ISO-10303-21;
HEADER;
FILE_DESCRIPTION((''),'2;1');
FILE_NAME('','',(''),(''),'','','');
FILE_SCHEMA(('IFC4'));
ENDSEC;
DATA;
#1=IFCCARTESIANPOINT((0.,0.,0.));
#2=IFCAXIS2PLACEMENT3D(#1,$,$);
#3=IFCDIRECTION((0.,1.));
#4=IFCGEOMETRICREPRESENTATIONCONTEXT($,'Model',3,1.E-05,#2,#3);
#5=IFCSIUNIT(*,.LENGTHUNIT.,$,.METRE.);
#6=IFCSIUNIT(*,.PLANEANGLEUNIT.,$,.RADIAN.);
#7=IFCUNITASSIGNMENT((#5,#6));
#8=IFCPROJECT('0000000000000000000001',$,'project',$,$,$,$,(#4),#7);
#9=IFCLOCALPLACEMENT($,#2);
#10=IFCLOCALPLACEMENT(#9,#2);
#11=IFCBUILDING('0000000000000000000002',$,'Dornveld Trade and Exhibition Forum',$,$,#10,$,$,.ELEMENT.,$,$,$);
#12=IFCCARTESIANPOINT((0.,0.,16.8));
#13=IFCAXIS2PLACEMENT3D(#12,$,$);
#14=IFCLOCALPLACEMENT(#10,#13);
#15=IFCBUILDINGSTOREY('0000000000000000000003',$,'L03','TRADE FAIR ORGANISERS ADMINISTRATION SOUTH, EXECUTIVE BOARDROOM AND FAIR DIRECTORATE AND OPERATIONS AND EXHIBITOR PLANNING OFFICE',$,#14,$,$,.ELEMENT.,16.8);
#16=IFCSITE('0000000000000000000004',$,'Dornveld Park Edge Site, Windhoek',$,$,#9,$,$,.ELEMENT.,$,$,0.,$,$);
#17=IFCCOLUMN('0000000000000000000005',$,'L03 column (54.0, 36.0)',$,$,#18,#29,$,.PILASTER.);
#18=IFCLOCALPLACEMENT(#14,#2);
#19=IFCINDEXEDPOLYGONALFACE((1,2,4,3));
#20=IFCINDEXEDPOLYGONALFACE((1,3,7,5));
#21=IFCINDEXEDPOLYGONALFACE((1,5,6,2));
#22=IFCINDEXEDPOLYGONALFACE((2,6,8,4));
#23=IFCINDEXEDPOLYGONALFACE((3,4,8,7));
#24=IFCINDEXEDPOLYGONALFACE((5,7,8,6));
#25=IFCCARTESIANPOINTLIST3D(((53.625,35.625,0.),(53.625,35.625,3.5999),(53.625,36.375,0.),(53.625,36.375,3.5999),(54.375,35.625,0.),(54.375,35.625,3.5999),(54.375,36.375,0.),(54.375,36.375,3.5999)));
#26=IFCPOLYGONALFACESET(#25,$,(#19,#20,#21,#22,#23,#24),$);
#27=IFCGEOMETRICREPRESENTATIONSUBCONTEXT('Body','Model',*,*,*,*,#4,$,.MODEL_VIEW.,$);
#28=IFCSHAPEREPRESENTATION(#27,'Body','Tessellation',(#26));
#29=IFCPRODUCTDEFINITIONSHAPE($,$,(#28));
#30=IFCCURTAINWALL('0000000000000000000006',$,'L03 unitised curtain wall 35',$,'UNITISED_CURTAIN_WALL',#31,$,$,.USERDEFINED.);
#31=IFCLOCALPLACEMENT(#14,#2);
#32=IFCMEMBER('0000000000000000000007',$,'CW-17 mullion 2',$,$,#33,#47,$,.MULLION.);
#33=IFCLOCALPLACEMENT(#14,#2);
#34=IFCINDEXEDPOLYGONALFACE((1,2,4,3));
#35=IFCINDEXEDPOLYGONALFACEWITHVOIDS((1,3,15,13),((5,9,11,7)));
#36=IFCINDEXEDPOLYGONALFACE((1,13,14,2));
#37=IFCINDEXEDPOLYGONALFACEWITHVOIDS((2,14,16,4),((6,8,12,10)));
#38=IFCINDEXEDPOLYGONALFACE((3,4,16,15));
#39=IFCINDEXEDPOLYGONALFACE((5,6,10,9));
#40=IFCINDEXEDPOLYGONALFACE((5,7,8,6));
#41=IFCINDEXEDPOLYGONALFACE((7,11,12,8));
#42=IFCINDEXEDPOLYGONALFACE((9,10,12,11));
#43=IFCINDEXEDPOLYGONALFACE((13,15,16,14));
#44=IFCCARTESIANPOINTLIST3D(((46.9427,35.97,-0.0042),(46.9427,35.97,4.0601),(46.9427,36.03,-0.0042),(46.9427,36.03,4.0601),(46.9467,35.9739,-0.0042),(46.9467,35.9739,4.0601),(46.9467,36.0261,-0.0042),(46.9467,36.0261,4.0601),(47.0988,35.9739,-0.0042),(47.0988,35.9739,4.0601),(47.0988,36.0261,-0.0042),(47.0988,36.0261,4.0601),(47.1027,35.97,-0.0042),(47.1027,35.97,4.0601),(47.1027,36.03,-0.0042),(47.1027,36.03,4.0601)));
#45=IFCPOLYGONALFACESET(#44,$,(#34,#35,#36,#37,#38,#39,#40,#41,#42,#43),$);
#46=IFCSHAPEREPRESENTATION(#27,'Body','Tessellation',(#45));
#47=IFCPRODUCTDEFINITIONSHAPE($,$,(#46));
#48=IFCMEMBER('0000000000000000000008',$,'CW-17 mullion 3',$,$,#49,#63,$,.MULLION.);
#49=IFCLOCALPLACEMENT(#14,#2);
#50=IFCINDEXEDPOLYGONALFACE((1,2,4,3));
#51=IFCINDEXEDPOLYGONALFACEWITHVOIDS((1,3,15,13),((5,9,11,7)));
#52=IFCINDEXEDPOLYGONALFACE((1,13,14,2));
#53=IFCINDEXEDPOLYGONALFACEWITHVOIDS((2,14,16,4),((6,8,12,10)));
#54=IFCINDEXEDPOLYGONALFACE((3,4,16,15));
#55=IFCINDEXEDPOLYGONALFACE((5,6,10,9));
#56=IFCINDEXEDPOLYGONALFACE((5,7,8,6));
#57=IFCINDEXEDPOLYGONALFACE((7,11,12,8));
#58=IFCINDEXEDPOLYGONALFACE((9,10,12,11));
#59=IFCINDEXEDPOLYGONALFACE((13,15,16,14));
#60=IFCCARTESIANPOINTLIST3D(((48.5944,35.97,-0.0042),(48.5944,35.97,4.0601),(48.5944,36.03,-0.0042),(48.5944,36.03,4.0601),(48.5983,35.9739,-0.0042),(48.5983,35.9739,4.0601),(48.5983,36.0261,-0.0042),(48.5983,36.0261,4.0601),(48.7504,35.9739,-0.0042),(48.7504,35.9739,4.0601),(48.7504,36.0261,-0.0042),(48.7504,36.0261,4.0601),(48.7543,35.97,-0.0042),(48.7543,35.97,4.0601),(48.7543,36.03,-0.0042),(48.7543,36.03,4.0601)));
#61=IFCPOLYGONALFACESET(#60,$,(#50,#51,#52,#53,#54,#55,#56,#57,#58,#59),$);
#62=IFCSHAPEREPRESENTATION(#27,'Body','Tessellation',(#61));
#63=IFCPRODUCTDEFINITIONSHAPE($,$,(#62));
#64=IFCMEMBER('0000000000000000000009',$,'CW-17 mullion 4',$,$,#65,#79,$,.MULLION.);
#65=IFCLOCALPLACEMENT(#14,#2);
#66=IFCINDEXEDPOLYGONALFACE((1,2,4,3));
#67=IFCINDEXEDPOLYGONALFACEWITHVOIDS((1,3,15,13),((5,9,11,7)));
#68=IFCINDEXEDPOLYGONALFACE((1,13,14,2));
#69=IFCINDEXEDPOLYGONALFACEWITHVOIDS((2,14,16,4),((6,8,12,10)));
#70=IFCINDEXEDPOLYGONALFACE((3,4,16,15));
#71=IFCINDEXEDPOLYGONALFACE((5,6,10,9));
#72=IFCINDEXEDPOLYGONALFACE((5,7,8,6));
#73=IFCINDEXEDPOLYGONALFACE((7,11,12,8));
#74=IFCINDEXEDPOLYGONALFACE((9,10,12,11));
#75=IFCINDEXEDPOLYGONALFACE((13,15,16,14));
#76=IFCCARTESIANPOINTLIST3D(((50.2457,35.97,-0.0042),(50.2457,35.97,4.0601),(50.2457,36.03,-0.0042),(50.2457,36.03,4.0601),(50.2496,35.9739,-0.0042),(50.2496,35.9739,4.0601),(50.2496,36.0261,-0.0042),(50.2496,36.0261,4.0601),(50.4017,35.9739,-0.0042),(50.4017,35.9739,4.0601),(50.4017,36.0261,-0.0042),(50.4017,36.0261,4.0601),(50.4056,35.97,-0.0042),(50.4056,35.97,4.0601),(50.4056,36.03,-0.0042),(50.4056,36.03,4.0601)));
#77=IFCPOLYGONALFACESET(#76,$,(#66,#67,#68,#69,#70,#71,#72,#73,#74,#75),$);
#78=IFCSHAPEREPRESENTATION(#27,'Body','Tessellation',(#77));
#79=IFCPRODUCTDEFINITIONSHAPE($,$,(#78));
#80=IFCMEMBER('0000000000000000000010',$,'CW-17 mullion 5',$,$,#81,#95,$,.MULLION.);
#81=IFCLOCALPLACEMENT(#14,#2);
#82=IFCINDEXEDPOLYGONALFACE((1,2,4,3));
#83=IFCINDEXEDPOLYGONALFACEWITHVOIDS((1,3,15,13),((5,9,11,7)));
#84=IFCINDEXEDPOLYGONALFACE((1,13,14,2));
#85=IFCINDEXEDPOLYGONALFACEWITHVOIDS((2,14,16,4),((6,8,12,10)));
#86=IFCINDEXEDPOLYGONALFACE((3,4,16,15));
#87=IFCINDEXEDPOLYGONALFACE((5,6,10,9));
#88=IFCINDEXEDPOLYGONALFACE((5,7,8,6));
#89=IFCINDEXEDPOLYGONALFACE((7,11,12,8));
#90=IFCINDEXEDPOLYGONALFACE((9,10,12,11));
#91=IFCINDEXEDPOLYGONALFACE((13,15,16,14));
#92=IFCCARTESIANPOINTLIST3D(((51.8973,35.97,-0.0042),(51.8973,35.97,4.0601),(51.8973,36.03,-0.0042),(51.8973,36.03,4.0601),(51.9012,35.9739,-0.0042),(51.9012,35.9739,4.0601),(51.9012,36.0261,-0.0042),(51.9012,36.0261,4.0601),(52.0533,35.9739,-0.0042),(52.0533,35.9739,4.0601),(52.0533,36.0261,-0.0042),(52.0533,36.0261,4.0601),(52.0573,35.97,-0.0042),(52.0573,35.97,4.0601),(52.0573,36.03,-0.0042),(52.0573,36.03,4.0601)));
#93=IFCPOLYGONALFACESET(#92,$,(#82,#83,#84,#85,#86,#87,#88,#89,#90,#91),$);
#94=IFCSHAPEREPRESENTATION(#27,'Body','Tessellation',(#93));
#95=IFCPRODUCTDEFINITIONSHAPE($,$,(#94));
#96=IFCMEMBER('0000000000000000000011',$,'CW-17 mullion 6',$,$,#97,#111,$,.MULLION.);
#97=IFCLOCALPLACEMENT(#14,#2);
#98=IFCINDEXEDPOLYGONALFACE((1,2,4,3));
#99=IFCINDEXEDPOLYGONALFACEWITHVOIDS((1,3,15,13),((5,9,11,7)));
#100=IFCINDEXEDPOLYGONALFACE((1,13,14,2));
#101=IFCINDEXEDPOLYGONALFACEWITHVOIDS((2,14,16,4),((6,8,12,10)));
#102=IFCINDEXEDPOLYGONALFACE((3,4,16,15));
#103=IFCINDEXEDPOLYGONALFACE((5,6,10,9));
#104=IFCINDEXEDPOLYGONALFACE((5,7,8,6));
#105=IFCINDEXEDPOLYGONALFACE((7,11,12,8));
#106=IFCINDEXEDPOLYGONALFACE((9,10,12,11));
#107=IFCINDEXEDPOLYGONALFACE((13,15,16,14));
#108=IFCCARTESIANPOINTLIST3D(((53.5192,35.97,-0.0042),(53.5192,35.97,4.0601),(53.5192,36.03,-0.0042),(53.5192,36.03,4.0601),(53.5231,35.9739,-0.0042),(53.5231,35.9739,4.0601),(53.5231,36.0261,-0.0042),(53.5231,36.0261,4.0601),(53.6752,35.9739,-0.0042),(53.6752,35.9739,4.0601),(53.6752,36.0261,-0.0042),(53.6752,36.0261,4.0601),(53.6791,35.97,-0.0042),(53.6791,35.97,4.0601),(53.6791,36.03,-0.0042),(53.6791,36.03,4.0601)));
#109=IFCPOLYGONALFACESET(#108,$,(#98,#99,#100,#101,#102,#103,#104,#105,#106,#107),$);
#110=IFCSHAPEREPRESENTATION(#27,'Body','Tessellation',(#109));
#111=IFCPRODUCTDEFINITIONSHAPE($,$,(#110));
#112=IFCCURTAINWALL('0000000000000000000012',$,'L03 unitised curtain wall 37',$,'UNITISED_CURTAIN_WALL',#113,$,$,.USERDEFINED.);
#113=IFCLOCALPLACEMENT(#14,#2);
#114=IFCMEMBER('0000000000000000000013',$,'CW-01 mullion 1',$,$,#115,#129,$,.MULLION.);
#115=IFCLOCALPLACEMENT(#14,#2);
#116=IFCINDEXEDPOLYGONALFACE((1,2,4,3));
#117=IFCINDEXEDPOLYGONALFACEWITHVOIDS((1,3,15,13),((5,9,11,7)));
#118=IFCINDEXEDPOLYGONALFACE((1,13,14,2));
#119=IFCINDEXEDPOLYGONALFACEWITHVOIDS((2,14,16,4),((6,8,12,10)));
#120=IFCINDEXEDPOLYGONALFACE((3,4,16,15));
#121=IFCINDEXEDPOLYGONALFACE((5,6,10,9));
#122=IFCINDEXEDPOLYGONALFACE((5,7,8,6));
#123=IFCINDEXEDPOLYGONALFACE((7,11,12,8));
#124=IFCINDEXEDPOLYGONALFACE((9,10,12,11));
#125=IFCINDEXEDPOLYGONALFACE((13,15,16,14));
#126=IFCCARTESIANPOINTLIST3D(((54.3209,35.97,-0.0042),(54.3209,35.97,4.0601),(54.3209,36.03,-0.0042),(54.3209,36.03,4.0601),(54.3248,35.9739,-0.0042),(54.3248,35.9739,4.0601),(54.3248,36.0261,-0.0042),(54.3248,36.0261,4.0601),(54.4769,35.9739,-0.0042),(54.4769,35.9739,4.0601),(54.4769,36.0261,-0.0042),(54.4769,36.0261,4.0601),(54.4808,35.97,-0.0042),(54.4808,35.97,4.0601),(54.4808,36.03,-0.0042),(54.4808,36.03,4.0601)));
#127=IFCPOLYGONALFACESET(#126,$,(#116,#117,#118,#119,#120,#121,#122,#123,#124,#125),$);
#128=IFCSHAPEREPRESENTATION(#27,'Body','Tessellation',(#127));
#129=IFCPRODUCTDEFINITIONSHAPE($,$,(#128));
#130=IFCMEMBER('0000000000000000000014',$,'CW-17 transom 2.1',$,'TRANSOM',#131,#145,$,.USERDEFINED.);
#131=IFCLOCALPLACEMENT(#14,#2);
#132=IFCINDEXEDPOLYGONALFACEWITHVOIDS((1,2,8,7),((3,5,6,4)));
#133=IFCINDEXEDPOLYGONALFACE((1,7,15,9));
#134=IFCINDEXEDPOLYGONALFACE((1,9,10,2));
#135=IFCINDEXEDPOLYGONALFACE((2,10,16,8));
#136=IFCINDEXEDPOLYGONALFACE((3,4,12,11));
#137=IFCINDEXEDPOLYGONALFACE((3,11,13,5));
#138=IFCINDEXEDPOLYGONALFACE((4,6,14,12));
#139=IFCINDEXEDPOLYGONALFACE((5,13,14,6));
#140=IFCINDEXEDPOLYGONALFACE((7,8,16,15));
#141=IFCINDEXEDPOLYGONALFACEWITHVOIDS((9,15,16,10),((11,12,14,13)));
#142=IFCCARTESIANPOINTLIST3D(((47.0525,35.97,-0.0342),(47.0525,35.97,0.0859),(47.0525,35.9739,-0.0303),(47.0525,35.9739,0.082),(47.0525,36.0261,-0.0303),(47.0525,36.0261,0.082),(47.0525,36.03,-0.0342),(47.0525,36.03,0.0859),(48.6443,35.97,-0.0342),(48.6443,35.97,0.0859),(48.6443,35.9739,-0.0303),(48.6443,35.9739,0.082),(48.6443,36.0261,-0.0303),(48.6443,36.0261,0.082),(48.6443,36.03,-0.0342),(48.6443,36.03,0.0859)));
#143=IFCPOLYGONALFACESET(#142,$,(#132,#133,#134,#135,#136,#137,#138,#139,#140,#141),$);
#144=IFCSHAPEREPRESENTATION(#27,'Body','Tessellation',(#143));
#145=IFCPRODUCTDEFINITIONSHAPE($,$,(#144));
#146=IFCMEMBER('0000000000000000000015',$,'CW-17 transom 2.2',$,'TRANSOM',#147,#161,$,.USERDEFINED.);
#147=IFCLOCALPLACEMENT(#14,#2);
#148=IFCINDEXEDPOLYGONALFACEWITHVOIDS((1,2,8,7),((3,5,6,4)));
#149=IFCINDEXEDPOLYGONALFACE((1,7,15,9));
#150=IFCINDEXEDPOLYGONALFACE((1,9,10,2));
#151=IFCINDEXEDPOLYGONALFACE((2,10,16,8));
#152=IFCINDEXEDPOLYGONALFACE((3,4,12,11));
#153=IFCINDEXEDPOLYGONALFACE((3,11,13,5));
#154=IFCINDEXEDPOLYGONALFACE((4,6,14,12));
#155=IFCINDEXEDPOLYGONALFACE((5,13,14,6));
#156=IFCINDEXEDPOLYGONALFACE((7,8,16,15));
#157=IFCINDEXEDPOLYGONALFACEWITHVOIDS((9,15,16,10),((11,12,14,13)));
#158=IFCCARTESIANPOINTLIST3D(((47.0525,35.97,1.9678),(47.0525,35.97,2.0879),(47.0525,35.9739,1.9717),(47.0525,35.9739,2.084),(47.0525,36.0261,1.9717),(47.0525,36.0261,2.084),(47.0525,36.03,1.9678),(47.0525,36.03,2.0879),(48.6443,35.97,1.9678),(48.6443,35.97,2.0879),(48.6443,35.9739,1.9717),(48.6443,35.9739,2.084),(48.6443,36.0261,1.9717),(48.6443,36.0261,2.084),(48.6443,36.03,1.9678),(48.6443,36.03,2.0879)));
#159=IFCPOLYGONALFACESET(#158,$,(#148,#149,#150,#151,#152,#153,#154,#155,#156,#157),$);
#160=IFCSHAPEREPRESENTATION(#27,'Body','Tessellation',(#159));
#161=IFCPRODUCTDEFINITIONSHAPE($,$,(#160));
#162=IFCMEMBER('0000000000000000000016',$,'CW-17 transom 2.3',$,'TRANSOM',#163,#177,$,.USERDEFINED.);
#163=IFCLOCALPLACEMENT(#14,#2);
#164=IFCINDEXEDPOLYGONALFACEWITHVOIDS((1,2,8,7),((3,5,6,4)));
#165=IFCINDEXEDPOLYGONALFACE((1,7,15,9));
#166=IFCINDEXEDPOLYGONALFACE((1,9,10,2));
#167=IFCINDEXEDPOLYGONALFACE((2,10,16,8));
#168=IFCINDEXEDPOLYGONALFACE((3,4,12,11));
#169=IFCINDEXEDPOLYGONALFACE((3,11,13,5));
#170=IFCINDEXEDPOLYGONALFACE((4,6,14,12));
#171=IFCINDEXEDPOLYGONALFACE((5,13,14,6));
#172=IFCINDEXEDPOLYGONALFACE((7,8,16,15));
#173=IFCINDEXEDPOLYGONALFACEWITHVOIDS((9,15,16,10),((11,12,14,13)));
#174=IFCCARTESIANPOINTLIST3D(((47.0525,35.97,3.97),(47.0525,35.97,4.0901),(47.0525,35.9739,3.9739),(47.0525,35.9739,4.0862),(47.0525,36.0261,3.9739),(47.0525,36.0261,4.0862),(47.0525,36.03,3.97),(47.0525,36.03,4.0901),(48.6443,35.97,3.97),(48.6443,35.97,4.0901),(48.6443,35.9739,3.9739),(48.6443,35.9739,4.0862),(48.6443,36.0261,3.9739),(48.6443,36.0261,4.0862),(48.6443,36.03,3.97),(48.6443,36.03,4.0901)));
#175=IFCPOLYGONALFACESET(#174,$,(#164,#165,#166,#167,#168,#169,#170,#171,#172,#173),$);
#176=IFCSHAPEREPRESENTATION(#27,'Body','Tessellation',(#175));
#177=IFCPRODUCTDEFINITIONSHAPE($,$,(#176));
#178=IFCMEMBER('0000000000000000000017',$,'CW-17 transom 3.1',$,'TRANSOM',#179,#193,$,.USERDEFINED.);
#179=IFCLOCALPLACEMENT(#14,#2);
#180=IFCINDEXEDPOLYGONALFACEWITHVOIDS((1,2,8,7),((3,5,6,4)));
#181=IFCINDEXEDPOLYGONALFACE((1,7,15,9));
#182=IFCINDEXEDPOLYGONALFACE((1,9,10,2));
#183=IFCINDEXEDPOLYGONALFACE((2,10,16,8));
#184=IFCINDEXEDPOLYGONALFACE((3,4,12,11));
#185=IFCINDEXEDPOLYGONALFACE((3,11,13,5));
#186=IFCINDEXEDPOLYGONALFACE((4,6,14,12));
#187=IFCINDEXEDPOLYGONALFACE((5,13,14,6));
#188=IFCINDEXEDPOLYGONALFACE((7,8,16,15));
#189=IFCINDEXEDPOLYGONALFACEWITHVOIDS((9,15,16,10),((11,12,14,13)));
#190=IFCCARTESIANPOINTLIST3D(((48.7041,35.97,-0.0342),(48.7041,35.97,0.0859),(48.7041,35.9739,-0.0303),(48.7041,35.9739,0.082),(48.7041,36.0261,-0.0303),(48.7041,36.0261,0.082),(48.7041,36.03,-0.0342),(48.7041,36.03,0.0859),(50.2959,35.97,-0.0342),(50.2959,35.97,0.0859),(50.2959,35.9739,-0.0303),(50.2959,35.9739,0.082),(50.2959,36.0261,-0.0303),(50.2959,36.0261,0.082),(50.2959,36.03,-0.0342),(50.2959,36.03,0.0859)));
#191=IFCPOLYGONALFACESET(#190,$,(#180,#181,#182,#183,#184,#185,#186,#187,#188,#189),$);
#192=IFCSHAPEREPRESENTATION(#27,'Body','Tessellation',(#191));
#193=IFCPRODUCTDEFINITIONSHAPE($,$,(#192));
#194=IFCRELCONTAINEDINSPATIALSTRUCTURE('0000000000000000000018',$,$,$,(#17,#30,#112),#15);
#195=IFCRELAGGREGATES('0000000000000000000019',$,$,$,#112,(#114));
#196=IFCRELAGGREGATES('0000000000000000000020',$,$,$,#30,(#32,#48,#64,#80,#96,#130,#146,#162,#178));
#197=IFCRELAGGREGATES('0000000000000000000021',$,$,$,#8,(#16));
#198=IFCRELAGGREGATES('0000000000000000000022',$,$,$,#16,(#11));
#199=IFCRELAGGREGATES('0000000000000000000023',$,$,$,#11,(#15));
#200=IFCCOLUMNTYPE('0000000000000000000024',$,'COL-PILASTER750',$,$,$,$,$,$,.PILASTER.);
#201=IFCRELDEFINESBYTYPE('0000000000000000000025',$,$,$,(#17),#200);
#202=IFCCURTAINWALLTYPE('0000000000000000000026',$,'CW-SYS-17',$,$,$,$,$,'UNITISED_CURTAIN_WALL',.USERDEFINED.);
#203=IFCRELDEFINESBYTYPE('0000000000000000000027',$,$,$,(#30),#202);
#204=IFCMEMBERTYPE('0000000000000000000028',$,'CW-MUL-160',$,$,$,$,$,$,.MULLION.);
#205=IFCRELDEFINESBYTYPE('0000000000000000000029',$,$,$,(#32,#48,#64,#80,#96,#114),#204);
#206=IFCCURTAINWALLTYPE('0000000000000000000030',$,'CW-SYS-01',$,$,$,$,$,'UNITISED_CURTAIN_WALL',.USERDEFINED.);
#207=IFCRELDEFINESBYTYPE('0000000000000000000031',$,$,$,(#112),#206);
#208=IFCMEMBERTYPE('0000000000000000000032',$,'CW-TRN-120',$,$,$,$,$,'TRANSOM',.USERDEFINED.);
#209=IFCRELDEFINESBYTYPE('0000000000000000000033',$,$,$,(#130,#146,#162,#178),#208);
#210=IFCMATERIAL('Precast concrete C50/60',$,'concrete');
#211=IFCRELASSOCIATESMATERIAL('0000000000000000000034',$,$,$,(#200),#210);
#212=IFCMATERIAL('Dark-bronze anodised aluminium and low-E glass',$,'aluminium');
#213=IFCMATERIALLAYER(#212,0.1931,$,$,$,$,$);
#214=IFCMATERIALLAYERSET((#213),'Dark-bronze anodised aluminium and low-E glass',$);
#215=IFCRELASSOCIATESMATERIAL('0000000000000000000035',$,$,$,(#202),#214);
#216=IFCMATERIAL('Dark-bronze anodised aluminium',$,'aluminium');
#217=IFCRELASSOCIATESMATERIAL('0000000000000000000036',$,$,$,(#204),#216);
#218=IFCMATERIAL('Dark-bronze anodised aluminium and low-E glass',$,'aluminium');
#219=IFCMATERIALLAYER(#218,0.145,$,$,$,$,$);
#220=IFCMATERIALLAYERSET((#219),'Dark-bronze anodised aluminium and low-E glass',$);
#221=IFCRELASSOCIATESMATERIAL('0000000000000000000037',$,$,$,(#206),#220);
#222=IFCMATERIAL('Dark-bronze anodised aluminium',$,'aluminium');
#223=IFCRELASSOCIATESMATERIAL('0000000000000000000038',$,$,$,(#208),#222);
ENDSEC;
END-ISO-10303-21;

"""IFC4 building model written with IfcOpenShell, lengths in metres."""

from ifc_helpers import new_model, si_unit, direction, frame, origin, origin_2d, place, context, subcontext, project, spatial, rectangle, hollow_rectangle, extrude, material, layer, layer_set, material_profile, profile_set, type_object, element, aggregate, save


model = new_model("IFC4")

# Units and contexts
model_context = context("Model", 3, precision=1e-05, world=origin(), true_north=direction((0.0, 1.0)))
body_context = subcontext(model_context, "Body", "Model", "MODEL_VIEW")
ifc_project = project(units=[si_unit("LENGTHUNIT", "METRE"), si_unit("PLANEANGLEUNIT", "RADIAN")], contexts=[model_context])

# Site, building, storey
site_placement = place(None, origin())
site = spatial("IfcSite", under=ifc_project, at=site_placement, Name="Dornveld Park Edge Site, Windhoek", CompositionType="ELEMENT", RefElevation=0.0)
building_placement = place(site_placement, origin())
building = spatial("IfcBuilding", under=site, at=building_placement, Name="Dornveld Trade and Exhibition Forum", CompositionType="ELEMENT")
storey_placement = place(building_placement, frame((0.0, 0.0, 16.8)))
storey = spatial("IfcBuildingStorey", under=building, at=storey_placement, Name="L03", Description="TRADE FAIR ORGANISERS ADMINISTRATION SOUTH, EXECUTIVE BOARDROOM AND FAIR DIRECTORATE AND OPERATIONS AND EXHIBITOR PLANNING OFFICE", CompositionType="ELEMENT", Elevation=16.8)

# Column
ifc_material_1 = material(Name="Precast concrete C50/60", Category="concrete")
ifc_material_profile_1 = material_profile(ifc_material_1, rectangle(XDim=0.75, YDim=0.75, at=origin_2d()), Name="PC-COL 750x750")
ifc_profile_set_1 = profile_set([ifc_material_profile_1], Name="Precast concrete C50/60")
column_type = type_object("IfcColumnType", Name="COL-PILASTER750", PredefinedType="PILASTER", material=ifc_profile_set_1)
column_placement = place(storey_placement, frame((54.0, 36.0, 0.0), z_axis=(0.0, 0.0, 1.0), x_axis=(1.0, 0.0, 0.0)))
element("IfcColumn", 1, at=column_placement, inside=storey, type_object=column_type, Name="L03 column (54.0, 36.0)", PredefinedType="PILASTER", context=body_context, shape_type="SweptSolid", body=[
    extrude(rectangle(XDim=0.75, YDim=0.75, at=origin_2d()), origin(), (0.0, 0.0, 1.0), 3.5999),
])

# Curtain wall, members
ifc_material_2 = material(Name="Dark-bronze anodised aluminium and low-E glass", Category="aluminium")
ifc_layer_1 = layer(ifc_material_2, 0.1931)
ifc_layer_set_1 = layer_set([ifc_layer_1], Name="Dark-bronze anodised aluminium and low-E glass")
curtain_wall_type_1 = type_object("IfcCurtainWallType", Name="CW-SYS-17", ElementType="UNITISED_CURTAIN_WALL", PredefinedType="USERDEFINED", material=ifc_layer_set_1)
curtain_wall_1_placement = place(storey_placement, origin())
curtain_wall_1 = element("IfcCurtainWall", 2, at=curtain_wall_1_placement, inside=storey, type_object=curtain_wall_type_1, Name="L03 unitised curtain wall 35", ObjectType="UNITISED_CURTAIN_WALL", PredefinedType="USERDEFINED")
ifc_material_3 = material(Name="Dark-bronze anodised aluminium", Category="aluminium")
ifc_material_profile_2 = material_profile(ifc_material_3, hollow_rectangle(XDim=0.0601, YDim=0.1599, WallThickness=0.0039, at=origin_2d()), Name="RHS 160x60x4")
ifc_profile_set_2 = profile_set([ifc_material_profile_2], Name="Dark-bronze anodised aluminium")
member_type_1 = type_object("IfcMemberType", Name="CW-MUL-160", PredefinedType="MULLION", material=ifc_profile_set_2)
member_1_placement = place(storey_placement, frame((47.0227, 36.0, -0.0042), z_axis=(0.0, 0.0, 1.0), x_axis=(0.0, 1.0, 0.0)))
member_1 = element("IfcMember", 3, at=member_1_placement, type_object=member_type_1, Name="CW-17 mullion 2", PredefinedType="MULLION", context=body_context, shape_type="SweptSolid", body=[
    extrude(hollow_rectangle(XDim=0.0601, YDim=0.1599, WallThickness=0.0039, at=origin_2d()), origin(), (0.0, 0.0, 1.0), 4.0642),
])
member_2_placement = place(storey_placement, frame((48.6743, 36.0, -0.0042), z_axis=(0.0, 0.0, 1.0), x_axis=(0.0, 1.0, 0.0)))
member_2 = element("IfcMember", 4, at=member_2_placement, type_object=member_type_1, Name="CW-17 mullion 3", PredefinedType="MULLION", context=body_context, shape_type="SweptSolid", body=[
    extrude(hollow_rectangle(XDim=0.0601, YDim=0.1599, WallThickness=0.0039, at=origin_2d()), origin(), (0.0, 0.0, 1.0), 4.0642),
])
member_3_placement = place(storey_placement, frame((50.3257, 36.0, -0.0042), z_axis=(0.0, 0.0, 1.0), x_axis=(0.0, 1.0, 0.0)))
member_3 = element("IfcMember", 5, at=member_3_placement, type_object=member_type_1, Name="CW-17 mullion 4", PredefinedType="MULLION", context=body_context, shape_type="SweptSolid", body=[
    extrude(hollow_rectangle(XDim=0.0601, YDim=0.1599, WallThickness=0.0039, at=origin_2d()), origin(), (0.0, 0.0, 1.0), 4.0642),
])
member_4_placement = place(storey_placement, frame((51.9773, 36.0, -0.0042), z_axis=(0.0, 0.0, 1.0), x_axis=(0.0, 1.0, 0.0)))
member_4 = element("IfcMember", 6, at=member_4_placement, type_object=member_type_1, Name="CW-17 mullion 5", PredefinedType="MULLION", context=body_context, shape_type="SweptSolid", body=[
    extrude(hollow_rectangle(XDim=0.0601, YDim=0.1599, WallThickness=0.0039, at=origin_2d()), origin(), (0.0, 0.0, 1.0), 4.0642),
])
member_5_placement = place(storey_placement, frame((53.5991, 36.0, -0.0042), z_axis=(0.0, 0.0, 1.0), x_axis=(0.0, 1.0, 0.0)))
member_5 = element("IfcMember", 7, at=member_5_placement, type_object=member_type_1, Name="CW-17 mullion 6", PredefinedType="MULLION", context=body_context, shape_type="SweptSolid", body=[
    extrude(hollow_rectangle(XDim=0.0601, YDim=0.1599, WallThickness=0.0039, at=origin_2d()), origin(), (0.0, 0.0, 1.0), 4.0642),
])

# Curtain wall, member
ifc_material_4 = material(Name="Dark-bronze anodised aluminium and low-E glass", Category="aluminium")
ifc_layer_2 = layer(ifc_material_4, 0.145)
ifc_layer_set_2 = layer_set([ifc_layer_2], Name="Dark-bronze anodised aluminium and low-E glass")
curtain_wall_type_2 = type_object("IfcCurtainWallType", Name="CW-SYS-01", ElementType="UNITISED_CURTAIN_WALL", PredefinedType="USERDEFINED", material=ifc_layer_set_2)
curtain_wall_2_placement = place(storey_placement, origin())
curtain_wall_2 = element("IfcCurtainWall", 8, at=curtain_wall_2_placement, inside=storey, type_object=curtain_wall_type_2, Name="L03 unitised curtain wall 37", ObjectType="UNITISED_CURTAIN_WALL", PredefinedType="USERDEFINED")
member_6_placement = place(storey_placement, frame((54.4009, 36.0, -0.0042), z_axis=(0.0, 0.0, 1.0), x_axis=(0.0, 1.0, 0.0)))
member_6 = element("IfcMember", 9, at=member_6_placement, type_object=member_type_1, Name="CW-01 mullion 1", PredefinedType="MULLION", context=body_context, shape_type="SweptSolid", body=[
    extrude(hollow_rectangle(XDim=0.0601, YDim=0.1599, WallThickness=0.0039, at=origin_2d()), origin(), (0.0, 0.0, 1.0), 4.0642),
])

# Members
ifc_material_5 = material(Name="Dark-bronze anodised aluminium", Category="aluminium")
ifc_material_profile_3 = material_profile(ifc_material_5, hollow_rectangle(XDim=0.0601, YDim=0.1201, WallThickness=0.0039, at=origin_2d()), Name="RHS 120x60x4")
ifc_profile_set_3 = profile_set([ifc_material_profile_3], Name="Dark-bronze anodised aluminium")
member_type_2 = type_object("IfcMemberType", Name="CW-TRN-120", ElementType="TRANSOM", PredefinedType="USERDEFINED", material=ifc_profile_set_3)
member_7_placement = place(storey_placement, frame((47.0525, 36.0, 0.0259), z_axis=(1.0, 0.0, 0.0), x_axis=(0.0, 1.0, 0.0)))
member_7 = element("IfcMember", 10, at=member_7_placement, type_object=member_type_2, Name="CW-17 transom 2.1", ObjectType="TRANSOM", PredefinedType="USERDEFINED", context=body_context, shape_type="SweptSolid", body=[
    extrude(hollow_rectangle(XDim=0.0601, YDim=0.1201, WallThickness=0.0039, at=origin_2d()), origin(), (0.0, 0.0, 1.0), 1.5918),
])
member_8_placement = place(storey_placement, frame((47.0525, 36.0, 2.0278), z_axis=(1.0, 0.0, 0.0), x_axis=(0.0, 1.0, 0.0)))
member_8 = element("IfcMember", 11, at=member_8_placement, type_object=member_type_2, Name="CW-17 transom 2.2", ObjectType="TRANSOM", PredefinedType="USERDEFINED", context=body_context, shape_type="SweptSolid", body=[
    extrude(hollow_rectangle(XDim=0.0601, YDim=0.1201, WallThickness=0.0039, at=origin_2d()), origin(), (0.0, 0.0, 1.0), 1.5918),
])
member_9_placement = place(storey_placement, frame((47.0525, 36.0, 4.03), z_axis=(1.0, 0.0, 0.0), x_axis=(0.0, 1.0, 0.0)))
member_9 = element("IfcMember", 12, at=member_9_placement, type_object=member_type_2, Name="CW-17 transom 2.3", ObjectType="TRANSOM", PredefinedType="USERDEFINED", context=body_context, shape_type="SweptSolid", body=[
    extrude(hollow_rectangle(XDim=0.0601, YDim=0.1201, WallThickness=0.0039, at=origin_2d()), origin(), (0.0, 0.0, 1.0), 1.5918),
])
member_10_placement = place(storey_placement, frame((48.7041, 36.0, 0.0259), z_axis=(1.0, 0.0, 0.0), x_axis=(0.0, 1.0, 0.0)))
member_10 = element("IfcMember", 13, at=member_10_placement, type_object=member_type_2, Name="CW-17 transom 3.1", ObjectType="TRANSOM", PredefinedType="USERDEFINED", context=body_context, shape_type="SweptSolid", body=[
    extrude(hollow_rectangle(XDim=0.0601, YDim=0.1201, WallThickness=0.0039, at=origin_2d()), origin(), (0.0, 0.0, 1.0), 1.5918),
])
aggregate(curtain_wall_2, [member_6])

aggregate(curtain_wall_1, [member_1, member_2, member_3, member_4, member_5, member_7, member_8, member_9, member_10])

save(model, "model.ifc")
